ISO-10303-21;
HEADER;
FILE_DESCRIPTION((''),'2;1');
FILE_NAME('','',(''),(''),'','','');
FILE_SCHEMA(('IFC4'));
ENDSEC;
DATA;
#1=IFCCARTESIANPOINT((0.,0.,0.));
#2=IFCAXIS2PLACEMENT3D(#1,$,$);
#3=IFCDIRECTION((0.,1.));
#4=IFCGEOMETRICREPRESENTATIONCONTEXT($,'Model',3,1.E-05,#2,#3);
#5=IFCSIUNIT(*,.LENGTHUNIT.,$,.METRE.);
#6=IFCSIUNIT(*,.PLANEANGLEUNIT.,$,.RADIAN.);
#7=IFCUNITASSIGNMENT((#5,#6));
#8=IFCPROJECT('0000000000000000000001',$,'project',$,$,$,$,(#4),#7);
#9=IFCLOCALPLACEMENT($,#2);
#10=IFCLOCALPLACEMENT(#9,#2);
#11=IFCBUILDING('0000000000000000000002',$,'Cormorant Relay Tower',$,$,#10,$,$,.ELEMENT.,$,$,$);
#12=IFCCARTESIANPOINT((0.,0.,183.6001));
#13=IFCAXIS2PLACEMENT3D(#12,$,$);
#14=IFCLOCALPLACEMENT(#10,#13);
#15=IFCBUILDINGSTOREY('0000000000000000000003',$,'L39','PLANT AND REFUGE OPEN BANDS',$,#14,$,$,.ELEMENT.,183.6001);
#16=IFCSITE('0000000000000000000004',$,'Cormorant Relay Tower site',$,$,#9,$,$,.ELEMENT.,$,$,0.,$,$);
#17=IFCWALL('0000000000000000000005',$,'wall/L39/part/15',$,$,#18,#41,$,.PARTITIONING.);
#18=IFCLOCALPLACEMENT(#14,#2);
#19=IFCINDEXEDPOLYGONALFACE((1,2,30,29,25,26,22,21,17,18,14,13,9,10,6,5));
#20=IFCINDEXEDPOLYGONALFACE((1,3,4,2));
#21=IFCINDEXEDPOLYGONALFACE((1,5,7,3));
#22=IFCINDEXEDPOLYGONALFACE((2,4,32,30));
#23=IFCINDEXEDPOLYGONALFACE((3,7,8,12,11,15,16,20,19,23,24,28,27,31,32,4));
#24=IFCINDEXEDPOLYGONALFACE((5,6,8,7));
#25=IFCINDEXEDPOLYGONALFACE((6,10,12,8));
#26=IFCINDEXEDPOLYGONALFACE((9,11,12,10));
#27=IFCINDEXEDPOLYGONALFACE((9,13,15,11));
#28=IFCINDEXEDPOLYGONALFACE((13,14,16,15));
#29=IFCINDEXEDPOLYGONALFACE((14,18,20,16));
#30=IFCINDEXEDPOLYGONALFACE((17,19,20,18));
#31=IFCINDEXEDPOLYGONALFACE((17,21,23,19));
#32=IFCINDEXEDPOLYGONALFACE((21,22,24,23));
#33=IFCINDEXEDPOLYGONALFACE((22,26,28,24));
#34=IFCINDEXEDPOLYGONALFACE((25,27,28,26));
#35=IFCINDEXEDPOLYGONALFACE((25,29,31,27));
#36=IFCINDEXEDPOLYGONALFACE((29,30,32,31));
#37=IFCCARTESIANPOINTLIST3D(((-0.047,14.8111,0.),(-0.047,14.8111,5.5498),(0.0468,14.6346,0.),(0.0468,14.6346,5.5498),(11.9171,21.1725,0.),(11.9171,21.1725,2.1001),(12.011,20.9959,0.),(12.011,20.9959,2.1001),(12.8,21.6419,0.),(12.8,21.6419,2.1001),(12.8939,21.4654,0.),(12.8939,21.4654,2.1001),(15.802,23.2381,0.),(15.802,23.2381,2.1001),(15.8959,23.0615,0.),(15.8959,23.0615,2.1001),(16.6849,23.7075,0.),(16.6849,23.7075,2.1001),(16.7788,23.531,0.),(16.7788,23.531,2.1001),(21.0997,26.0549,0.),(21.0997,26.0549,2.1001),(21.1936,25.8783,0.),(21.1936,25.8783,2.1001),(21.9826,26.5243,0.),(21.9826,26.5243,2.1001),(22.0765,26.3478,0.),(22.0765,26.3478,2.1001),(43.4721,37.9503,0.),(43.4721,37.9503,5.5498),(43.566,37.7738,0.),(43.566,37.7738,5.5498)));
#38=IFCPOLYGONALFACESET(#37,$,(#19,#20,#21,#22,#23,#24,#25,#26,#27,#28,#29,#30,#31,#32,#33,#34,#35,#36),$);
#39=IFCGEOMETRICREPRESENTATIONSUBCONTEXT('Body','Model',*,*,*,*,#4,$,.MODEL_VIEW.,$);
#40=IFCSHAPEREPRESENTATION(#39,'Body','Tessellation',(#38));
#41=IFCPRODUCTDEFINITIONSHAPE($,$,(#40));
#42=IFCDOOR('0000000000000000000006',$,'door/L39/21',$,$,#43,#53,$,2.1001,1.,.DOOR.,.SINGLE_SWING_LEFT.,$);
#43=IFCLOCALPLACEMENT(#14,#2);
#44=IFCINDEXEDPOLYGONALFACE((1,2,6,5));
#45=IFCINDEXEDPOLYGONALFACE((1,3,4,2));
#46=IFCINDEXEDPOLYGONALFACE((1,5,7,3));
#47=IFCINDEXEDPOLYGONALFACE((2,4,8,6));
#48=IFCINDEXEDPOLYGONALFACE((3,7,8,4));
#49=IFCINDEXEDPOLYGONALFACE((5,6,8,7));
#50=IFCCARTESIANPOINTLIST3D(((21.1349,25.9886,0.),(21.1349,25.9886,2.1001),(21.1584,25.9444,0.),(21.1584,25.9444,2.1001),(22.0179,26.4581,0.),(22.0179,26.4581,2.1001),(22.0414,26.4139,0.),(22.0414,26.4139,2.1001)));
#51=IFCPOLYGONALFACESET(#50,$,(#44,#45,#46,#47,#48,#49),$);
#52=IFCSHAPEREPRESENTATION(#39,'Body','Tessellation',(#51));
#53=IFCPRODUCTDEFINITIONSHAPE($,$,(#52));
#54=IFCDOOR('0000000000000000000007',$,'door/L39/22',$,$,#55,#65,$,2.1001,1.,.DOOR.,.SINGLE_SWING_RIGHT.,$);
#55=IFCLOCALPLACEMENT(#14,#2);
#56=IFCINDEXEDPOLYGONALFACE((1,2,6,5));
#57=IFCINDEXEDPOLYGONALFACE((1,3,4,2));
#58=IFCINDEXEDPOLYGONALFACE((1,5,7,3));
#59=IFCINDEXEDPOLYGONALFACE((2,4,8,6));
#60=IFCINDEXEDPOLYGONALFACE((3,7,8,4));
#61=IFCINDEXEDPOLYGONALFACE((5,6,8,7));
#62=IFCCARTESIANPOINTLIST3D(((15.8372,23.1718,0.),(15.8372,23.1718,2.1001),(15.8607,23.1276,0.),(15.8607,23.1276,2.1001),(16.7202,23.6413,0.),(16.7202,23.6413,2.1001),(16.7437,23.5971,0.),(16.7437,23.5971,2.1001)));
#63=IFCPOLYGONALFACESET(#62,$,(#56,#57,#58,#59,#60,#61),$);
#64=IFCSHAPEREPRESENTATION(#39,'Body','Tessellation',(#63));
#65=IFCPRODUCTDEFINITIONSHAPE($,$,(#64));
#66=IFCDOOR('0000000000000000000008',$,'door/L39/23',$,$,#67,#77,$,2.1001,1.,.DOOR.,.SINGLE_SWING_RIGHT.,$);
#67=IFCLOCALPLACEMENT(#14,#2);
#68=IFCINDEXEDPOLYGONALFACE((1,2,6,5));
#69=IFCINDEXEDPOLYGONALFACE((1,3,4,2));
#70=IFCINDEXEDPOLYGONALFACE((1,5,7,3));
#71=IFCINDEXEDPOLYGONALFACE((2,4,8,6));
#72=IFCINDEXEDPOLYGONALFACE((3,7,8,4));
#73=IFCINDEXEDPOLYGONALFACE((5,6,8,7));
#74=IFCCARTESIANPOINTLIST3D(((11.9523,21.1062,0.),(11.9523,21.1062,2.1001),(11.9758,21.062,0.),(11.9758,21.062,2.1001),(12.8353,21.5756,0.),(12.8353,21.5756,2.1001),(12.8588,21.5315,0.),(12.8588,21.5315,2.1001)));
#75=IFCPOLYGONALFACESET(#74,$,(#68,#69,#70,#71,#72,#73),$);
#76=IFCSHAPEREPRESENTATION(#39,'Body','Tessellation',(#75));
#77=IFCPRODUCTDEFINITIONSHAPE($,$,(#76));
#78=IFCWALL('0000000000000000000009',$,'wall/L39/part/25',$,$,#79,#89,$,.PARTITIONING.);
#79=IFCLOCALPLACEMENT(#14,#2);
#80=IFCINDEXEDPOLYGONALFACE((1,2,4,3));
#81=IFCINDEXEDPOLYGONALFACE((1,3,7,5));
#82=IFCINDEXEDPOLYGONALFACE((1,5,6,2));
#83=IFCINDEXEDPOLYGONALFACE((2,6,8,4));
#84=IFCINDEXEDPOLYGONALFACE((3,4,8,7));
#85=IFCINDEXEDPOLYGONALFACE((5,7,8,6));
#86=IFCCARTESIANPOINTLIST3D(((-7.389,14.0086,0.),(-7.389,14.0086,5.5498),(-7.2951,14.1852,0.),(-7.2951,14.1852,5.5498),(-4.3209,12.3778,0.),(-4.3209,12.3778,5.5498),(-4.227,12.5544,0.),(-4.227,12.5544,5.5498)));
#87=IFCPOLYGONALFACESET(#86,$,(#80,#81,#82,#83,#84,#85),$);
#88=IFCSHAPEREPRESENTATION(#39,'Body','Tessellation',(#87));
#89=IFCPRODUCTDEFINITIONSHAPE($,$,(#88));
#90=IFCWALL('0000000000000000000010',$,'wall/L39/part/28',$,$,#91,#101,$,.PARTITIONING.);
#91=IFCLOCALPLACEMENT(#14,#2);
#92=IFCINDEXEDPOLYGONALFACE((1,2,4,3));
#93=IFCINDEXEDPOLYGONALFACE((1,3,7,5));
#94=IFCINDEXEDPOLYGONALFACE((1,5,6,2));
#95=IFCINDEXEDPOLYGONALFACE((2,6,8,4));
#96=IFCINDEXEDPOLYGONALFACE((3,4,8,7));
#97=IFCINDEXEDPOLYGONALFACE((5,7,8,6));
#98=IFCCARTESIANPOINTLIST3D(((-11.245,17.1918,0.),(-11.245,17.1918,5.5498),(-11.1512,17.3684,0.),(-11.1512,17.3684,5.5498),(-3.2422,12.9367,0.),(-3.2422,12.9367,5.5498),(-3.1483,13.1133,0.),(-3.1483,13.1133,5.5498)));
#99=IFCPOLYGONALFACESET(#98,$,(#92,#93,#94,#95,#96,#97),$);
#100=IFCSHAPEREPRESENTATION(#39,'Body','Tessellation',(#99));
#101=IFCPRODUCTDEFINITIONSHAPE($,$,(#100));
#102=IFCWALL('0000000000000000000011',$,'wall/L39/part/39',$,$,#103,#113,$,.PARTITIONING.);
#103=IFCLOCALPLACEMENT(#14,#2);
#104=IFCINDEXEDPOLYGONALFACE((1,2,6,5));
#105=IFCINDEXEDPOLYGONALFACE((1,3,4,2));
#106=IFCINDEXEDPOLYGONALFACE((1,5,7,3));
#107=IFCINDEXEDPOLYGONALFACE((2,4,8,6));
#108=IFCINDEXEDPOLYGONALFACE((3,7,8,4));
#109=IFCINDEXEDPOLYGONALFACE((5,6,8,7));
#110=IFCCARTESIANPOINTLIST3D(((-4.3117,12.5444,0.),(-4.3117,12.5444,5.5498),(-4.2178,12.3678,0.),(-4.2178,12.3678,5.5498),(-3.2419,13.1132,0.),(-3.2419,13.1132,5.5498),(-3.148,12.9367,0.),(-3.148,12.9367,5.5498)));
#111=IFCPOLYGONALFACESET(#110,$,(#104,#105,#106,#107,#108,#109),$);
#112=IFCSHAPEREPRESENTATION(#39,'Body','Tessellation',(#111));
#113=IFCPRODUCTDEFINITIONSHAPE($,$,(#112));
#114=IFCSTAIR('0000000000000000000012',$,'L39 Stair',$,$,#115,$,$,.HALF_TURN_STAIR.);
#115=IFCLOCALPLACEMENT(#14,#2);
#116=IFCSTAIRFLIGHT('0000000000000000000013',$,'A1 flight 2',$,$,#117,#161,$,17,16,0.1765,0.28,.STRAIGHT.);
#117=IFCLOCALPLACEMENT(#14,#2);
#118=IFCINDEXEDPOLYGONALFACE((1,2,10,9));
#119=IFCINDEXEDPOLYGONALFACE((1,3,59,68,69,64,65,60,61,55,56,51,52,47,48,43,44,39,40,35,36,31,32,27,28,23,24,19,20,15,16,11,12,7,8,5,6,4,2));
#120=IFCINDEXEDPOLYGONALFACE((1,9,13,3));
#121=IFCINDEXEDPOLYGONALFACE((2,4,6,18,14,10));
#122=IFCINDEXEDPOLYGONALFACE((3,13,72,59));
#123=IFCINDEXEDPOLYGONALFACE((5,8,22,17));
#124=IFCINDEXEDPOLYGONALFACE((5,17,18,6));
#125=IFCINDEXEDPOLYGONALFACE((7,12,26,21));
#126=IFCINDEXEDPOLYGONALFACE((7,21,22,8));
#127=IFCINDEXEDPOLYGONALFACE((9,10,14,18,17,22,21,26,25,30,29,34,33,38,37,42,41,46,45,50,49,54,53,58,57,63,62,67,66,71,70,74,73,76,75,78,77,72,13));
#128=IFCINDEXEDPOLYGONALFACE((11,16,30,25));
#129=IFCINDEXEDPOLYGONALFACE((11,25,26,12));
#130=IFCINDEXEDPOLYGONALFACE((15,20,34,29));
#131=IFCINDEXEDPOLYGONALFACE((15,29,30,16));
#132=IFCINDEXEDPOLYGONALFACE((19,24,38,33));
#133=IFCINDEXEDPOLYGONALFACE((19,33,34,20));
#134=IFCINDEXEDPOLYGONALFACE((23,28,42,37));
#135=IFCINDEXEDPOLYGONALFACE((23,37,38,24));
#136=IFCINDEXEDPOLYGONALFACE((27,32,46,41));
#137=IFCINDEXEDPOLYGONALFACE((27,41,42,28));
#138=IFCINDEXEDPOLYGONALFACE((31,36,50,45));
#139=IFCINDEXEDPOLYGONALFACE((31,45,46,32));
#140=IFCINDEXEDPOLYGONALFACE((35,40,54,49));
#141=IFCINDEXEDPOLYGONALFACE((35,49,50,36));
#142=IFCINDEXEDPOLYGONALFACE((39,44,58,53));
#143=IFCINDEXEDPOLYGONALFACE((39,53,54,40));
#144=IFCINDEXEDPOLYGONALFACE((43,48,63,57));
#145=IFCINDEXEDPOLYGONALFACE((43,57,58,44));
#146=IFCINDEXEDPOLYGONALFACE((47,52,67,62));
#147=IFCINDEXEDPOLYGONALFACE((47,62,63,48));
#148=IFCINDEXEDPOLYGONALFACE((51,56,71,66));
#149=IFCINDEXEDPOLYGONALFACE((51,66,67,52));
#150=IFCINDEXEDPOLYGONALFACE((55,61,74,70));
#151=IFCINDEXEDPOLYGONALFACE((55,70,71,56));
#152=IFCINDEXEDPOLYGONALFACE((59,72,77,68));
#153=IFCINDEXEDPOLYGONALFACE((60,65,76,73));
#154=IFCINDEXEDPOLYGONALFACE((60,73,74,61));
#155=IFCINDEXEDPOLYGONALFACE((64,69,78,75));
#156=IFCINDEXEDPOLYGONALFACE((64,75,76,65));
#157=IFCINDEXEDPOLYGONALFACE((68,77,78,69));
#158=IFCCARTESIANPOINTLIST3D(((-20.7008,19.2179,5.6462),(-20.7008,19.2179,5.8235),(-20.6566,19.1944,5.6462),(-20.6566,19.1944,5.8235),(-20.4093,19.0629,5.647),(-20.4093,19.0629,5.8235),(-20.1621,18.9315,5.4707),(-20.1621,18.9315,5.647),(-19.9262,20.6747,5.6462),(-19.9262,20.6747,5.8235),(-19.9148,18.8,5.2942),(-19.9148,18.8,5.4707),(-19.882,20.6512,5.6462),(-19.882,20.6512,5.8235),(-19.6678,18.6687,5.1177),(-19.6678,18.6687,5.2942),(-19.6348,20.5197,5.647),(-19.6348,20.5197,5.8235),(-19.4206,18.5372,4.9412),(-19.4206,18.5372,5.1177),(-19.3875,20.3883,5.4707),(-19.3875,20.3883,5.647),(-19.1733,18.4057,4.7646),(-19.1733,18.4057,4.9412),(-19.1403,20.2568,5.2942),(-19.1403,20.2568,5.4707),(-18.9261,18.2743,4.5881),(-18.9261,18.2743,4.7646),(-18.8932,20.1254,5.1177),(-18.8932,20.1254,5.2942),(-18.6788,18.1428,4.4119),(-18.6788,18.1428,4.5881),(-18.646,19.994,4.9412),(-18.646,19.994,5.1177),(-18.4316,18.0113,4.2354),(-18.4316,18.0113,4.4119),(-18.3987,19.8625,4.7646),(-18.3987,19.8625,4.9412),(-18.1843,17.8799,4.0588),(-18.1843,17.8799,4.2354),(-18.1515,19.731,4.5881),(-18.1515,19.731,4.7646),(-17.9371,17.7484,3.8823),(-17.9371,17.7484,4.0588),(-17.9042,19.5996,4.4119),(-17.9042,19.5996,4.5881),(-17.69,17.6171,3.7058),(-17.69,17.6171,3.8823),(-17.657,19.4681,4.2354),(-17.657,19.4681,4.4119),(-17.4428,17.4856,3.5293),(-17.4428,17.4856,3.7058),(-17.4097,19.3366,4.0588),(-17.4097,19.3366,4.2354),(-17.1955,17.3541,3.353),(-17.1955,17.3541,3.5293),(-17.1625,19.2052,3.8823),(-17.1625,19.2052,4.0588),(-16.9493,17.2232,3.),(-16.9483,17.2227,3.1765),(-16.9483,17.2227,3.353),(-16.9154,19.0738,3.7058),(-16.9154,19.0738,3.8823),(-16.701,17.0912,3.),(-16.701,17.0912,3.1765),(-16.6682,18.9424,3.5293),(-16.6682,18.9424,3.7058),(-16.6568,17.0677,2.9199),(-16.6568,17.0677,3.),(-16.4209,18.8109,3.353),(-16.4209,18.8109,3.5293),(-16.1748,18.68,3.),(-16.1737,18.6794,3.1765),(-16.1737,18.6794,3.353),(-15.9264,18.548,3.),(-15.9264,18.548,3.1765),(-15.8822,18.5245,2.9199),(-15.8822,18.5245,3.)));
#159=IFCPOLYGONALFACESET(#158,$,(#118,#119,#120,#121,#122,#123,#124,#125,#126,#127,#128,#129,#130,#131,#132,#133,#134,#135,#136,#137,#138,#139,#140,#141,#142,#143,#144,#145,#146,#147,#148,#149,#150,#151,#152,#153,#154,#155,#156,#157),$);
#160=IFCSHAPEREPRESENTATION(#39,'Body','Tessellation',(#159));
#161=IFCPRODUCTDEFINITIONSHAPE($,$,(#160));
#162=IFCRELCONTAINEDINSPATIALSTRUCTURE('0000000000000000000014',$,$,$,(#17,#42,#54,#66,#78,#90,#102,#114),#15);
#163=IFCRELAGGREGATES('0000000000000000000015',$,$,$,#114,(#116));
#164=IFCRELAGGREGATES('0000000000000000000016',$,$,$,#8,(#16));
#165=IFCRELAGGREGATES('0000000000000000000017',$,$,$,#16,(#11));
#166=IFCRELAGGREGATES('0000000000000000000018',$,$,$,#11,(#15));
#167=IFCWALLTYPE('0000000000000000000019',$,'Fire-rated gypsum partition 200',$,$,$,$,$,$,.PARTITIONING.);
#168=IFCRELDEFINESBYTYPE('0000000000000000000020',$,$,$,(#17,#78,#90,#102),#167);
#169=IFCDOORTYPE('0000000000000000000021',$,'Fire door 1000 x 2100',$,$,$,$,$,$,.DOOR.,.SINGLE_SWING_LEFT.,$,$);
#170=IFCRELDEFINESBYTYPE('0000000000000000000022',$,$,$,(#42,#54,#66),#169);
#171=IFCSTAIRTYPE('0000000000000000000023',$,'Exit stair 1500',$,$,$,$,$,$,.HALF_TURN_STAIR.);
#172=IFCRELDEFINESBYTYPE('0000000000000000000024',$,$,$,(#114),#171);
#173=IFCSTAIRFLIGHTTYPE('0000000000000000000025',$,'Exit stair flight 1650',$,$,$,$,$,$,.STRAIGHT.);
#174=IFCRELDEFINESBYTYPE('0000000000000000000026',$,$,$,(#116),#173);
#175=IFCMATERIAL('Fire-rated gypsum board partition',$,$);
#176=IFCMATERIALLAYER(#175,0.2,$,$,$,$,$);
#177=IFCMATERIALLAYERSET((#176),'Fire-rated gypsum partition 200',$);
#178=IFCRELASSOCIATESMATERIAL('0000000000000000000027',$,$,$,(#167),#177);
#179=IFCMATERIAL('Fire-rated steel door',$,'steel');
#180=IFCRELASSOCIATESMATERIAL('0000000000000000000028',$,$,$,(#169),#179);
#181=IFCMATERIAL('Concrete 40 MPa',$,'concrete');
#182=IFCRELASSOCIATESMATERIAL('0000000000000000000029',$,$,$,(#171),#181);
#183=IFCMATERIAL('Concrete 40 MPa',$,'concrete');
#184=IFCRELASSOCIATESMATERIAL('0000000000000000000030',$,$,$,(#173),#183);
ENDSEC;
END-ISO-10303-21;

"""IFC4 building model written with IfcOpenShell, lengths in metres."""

from ifc_helpers import new_model, si_unit, direction, frame, frame_2d, origin, place, context, subcontext, project, spatial, polyline, rectangle, outline, extrude, material, layer, layer_set, type_object, element, fill, aggregate, save


model = new_model("IFC4")

# Units and contexts
model_context = context("Model", 3, precision=1e-05, world=origin(), true_north=direction((0.0, 1.0)))
body_context = subcontext(model_context, "Body", "Model", "MODEL_VIEW")
ifc_project = project(units=[si_unit("LENGTHUNIT", "METRE"), si_unit("PLANEANGLEUNIT", "RADIAN")], contexts=[model_context])

# Site, building, storey
site_placement = place(None, origin())
site = spatial("IfcSite", under=ifc_project, at=site_placement, Name="Cormorant Relay Tower site", CompositionType="ELEMENT", RefElevation=0.0)
building_placement = place(site_placement, origin())
building = spatial("IfcBuilding", under=site, at=building_placement, Name="Cormorant Relay Tower", CompositionType="ELEMENT")
storey_placement = place(building_placement, frame((0.0, 0.0, 183.6001)))
storey = spatial("IfcBuildingStorey", under=building, at=storey_placement, Name="L39", Description="PLANT AND REFUGE OPEN BANDS", CompositionType="ELEMENT", Elevation=183.6001)

# Wall, openings, doors
ifc_material_1 = material(Name="Fire-rated gypsum board partition")
ifc_layer_1 = layer(ifc_material_1, 0.2)
ifc_layer_set_1 = layer_set([ifc_layer_1], Name="Fire-rated gypsum partition 200")
wall_type_1 = type_object("IfcWallType", Name="Fire-rated gypsum partition 200", PredefinedType="PARTITIONING", material=ifc_layer_set_1)
wall_1_placement = place(storey_placement, frame((0.0, 14.7229, 0.0), z_axis=(0.0, 0.0, 1.0), x_axis=(0.88295, 0.469466, 0.0)))
wall_1 = element("IfcWall", 1, at=wall_1_placement, inside=storey, type_object=wall_type_1, Name="wall/L39/part/15", PredefinedType="PARTITIONING", context=body_context, shape_type="SweptSolid", body=[
    extrude(rectangle(XDim=49.2883, YDim=0.2, at=frame_2d((24.644, 0.0))), origin(), (0.0, 0.0, 1.0), 5.5498),
])
opening_1_placement = place(wall_1_placement, frame((23.95, 0.0, 0.0)))
opening_1 = element("IfcOpeningElement", 2, at=opening_1_placement, cuts=wall_1, PredefinedType="OPENING", context=body_context, shape_type="SweptSolid", body=[
    extrude(rectangle(XDim=1.0, YDim=2.1001, at=frame_2d((0.5, 1.05))), frame((0.0, 0.1099, 0.0), z_axis=(0.0, -1.0, 0.0), x_axis=(1.0, 0.0, 0.0)), (0.0, 0.0, 1.0), 0.22),
])
opening_2_placement = place(wall_1_placement, frame((17.95, 0.0, 0.0)))
opening_2 = element("IfcOpeningElement", 3, at=opening_2_placement, cuts=wall_1, PredefinedType="OPENING", context=body_context, shape_type="SweptSolid", body=[
    extrude(rectangle(XDim=1.0, YDim=2.1001, at=frame_2d((0.5, 1.05))), frame((0.0, 0.1099, 0.0), z_axis=(0.0, -1.0, 0.0), x_axis=(1.0, 0.0, 0.0)), (0.0, 0.0, 1.0), 0.22),
])
opening_3_placement = place(wall_1_placement, frame((13.55, 0.0, 0.0)))
opening_3 = element("IfcOpeningElement", 4, at=opening_3_placement, cuts=wall_1, PredefinedType="OPENING", context=body_context, shape_type="SweptSolid", body=[
    extrude(rectangle(XDim=1.0, YDim=2.1001, at=frame_2d((0.5, 1.05))), frame((0.0, 0.1099, 0.0), z_axis=(0.0, -1.0, 0.0), x_axis=(1.0, 0.0, 0.0)), (0.0, 0.0, 1.0), 0.22),
])
ifc_material_2 = material(Name="Fire-rated steel door", Category="steel")
door_type_1 = type_object("IfcDoorType", Name="Fire door 1000 x 2100", OperationType="SINGLE_SWING_LEFT", PredefinedType="DOOR", material=ifc_material_2)
door_1_placement = place(opening_1_placement, origin())
door_1 = element("IfcDoor", 5, at=door_1_placement, inside=storey, type_object=door_type_1, Name="door/L39/21", OperationType="SINGLE_SWING_LEFT", OverallHeight=2.1001, OverallWidth=1.0, PredefinedType="DOOR", context=body_context, shape_type="SweptSolid", body=[
    extrude(rectangle(XDim=1.0, YDim=2.1001, at=frame_2d((0.5, 1.05))), frame((0.0, 0.0249, 0.0), z_axis=(0.0, -1.0, 0.0), x_axis=(1.0, 0.0, 0.0)), (0.0, 0.0, 1.0), 0.05),
])
fill(opening_1, door_1)
door_2_placement = place(opening_2_placement, origin())
door_2 = element("IfcDoor", 6, at=door_2_placement, inside=storey, type_object=door_type_1, Name="door/L39/22", OperationType="SINGLE_SWING_RIGHT", OverallHeight=2.1001, OverallWidth=1.0, PredefinedType="DOOR", context=body_context, shape_type="SweptSolid", body=[
    extrude(rectangle(XDim=1.0, YDim=2.1001, at=frame_2d((0.5, 1.05))), frame((0.0, 0.0249, 0.0), z_axis=(0.0, -1.0, 0.0), x_axis=(1.0, 0.0, 0.0)), (0.0, 0.0, 1.0), 0.05),
])
fill(opening_2, door_2)
door_3_placement = place(opening_3_placement, origin())
door_3 = element("IfcDoor", 7, at=door_3_placement, inside=storey, type_object=door_type_1, Name="door/L39/23", OperationType="SINGLE_SWING_RIGHT", OverallHeight=2.1001, OverallWidth=1.0, PredefinedType="DOOR", context=body_context, shape_type="SweptSolid", body=[
    extrude(rectangle(XDim=1.0, YDim=2.1001, at=frame_2d((0.5, 1.05))), frame((0.0, 0.0249, 0.0), z_axis=(0.0, -1.0, 0.0), x_axis=(1.0, 0.0, 0.0)), (0.0, 0.0, 1.0), 0.05),
])
fill(opening_3, door_3)

# Walls
wall_2_placement = place(storey_placement, frame((-7.342, 14.0969, 0.0), z_axis=(0.0, 0.0, 1.0), x_axis=(0.883006, -0.469362, 0.0)))
element("IfcWall", 8, at=wall_2_placement, inside=storey, type_object=wall_type_1, Name="wall/L39/part/25", PredefinedType="PARTITIONING", context=body_context, shape_type="SweptSolid", body=[
    extrude(rectangle(XDim=3.4746, YDim=0.2, at=frame_2d((1.7373, 0.0))), origin(), (0.0, 0.0, 1.0), 5.5498),
])
wall_3_placement = place(storey_placement, frame((-11.198, 17.28, 0.0), z_axis=(0.0, 0.0, 1.0), x_axis=(0.882952, -0.469462, 0.0)))
element("IfcWall", 9, at=wall_3_placement, inside=storey, type_object=wall_type_1, Name="wall/L39/part/28", PredefinedType="PARTITIONING", context=body_context, shape_type="SweptSolid", body=[
    extrude(rectangle(XDim=9.0637, YDim=0.2, at=frame_2d((4.5317, 0.0))), origin(), (0.0, 0.0, 1.0), 5.5498),
])
wall_4_placement = place(storey_placement, frame((-4.2649, 12.4561, 0.0), z_axis=(0.0, 0.0, 1.0), x_axis=(0.882943, 0.469479, 0.0)))
element("IfcWall", 10, at=wall_4_placement, inside=storey, type_object=wall_type_1, Name="wall/L39/part/39", PredefinedType="PARTITIONING", context=body_context, shape_type="SweptSolid", body=[
    extrude(rectangle(XDim=1.2117, YDim=0.2, at=frame_2d((0.606, 0.0))), origin(), (0.0, 0.0, 1.0), 5.5498),
])

# Stair, stair flight
ifc_material_3 = material(Name="Concrete 40 MPa", Category="concrete")
stair_type = type_object("IfcStairType", Name="Exit stair 1500", PredefinedType="HALF_TURN_STAIR", material=ifc_material_3)
stair_placement = place(storey_placement, origin())
stair = element("IfcStair", 11, at=stair_placement, inside=storey, type_object=stair_type, Name="L39 Stair", PredefinedType="HALF_TURN_STAIR")
ifc_material_4 = material(Name="Concrete 40 MPa", Category="concrete")
stair_flight_type = type_object("IfcStairFlightType", Name="Exit stair flight 1650", PredefinedType="STRAIGHT", material=ifc_material_4)
stair_flight_placement = place(storey_placement, frame((-16.3137, 17.8196, 3.0), z_axis=(0.0, 0.0, 1.0), x_axis=(-0.882948, 0.469472, 0.0)))
stair_flight = element("IfcStairFlight", 12, at=stair_flight_placement, type_object=stair_flight_type, Name="A1 flight 2", NumberOfRisers=17, NumberOfTreads=16, PredefinedType="STRAIGHT", RiserHeight=0.1765, TreadLength=0.28, context=body_context, shape_type="SweptSolid", body=[
    extrude(outline(polyline([(-0.05, -0.0801), (-0.05, 0.0), (0.0, 0.0), (0.0, 0.1765), (0.28, 0.1765), (0.28, 0.353), (0.5601, 0.353), (0.5601, 0.5293), (0.8401, 0.5293), (0.8401, 0.7058), (1.1201, 0.7058), (1.1201, 0.8823), (1.3999, 0.8823), (1.3999, 1.0588), (1.6799, 1.0588), (1.6799, 1.2354), (1.96, 1.2354), (1.96, 1.4119), (2.24, 1.4119), (2.24, 1.5881), (2.52, 1.5881), (2.52, 1.7646), (2.8, 1.7646), (2.8, 1.9412), (3.0801, 1.9412), (3.0801, 2.1177), (3.3601, 2.1177), (3.3601, 2.2942), (3.6399, 2.2942), (3.6399, 2.4707), (3.9199, 2.4707), (3.9199, 2.647), (4.2, 2.647), (4.2, 2.8235), (4.48, 2.8235), (4.53, 2.8235), (4.53, 2.6462), (4.48, 2.6462), (0.2812, 0.0), (-0.05, -0.0801)])), frame((0.0, 0.825, 0.0), z_axis=(0.0, -1.0, 0.0), x_axis=(1.0, 0.0, 0.0)), (0.0, 0.0, 1.0), 1.6499),
])
aggregate(stair, [stair_flight])

save(model, "model.ifc")
